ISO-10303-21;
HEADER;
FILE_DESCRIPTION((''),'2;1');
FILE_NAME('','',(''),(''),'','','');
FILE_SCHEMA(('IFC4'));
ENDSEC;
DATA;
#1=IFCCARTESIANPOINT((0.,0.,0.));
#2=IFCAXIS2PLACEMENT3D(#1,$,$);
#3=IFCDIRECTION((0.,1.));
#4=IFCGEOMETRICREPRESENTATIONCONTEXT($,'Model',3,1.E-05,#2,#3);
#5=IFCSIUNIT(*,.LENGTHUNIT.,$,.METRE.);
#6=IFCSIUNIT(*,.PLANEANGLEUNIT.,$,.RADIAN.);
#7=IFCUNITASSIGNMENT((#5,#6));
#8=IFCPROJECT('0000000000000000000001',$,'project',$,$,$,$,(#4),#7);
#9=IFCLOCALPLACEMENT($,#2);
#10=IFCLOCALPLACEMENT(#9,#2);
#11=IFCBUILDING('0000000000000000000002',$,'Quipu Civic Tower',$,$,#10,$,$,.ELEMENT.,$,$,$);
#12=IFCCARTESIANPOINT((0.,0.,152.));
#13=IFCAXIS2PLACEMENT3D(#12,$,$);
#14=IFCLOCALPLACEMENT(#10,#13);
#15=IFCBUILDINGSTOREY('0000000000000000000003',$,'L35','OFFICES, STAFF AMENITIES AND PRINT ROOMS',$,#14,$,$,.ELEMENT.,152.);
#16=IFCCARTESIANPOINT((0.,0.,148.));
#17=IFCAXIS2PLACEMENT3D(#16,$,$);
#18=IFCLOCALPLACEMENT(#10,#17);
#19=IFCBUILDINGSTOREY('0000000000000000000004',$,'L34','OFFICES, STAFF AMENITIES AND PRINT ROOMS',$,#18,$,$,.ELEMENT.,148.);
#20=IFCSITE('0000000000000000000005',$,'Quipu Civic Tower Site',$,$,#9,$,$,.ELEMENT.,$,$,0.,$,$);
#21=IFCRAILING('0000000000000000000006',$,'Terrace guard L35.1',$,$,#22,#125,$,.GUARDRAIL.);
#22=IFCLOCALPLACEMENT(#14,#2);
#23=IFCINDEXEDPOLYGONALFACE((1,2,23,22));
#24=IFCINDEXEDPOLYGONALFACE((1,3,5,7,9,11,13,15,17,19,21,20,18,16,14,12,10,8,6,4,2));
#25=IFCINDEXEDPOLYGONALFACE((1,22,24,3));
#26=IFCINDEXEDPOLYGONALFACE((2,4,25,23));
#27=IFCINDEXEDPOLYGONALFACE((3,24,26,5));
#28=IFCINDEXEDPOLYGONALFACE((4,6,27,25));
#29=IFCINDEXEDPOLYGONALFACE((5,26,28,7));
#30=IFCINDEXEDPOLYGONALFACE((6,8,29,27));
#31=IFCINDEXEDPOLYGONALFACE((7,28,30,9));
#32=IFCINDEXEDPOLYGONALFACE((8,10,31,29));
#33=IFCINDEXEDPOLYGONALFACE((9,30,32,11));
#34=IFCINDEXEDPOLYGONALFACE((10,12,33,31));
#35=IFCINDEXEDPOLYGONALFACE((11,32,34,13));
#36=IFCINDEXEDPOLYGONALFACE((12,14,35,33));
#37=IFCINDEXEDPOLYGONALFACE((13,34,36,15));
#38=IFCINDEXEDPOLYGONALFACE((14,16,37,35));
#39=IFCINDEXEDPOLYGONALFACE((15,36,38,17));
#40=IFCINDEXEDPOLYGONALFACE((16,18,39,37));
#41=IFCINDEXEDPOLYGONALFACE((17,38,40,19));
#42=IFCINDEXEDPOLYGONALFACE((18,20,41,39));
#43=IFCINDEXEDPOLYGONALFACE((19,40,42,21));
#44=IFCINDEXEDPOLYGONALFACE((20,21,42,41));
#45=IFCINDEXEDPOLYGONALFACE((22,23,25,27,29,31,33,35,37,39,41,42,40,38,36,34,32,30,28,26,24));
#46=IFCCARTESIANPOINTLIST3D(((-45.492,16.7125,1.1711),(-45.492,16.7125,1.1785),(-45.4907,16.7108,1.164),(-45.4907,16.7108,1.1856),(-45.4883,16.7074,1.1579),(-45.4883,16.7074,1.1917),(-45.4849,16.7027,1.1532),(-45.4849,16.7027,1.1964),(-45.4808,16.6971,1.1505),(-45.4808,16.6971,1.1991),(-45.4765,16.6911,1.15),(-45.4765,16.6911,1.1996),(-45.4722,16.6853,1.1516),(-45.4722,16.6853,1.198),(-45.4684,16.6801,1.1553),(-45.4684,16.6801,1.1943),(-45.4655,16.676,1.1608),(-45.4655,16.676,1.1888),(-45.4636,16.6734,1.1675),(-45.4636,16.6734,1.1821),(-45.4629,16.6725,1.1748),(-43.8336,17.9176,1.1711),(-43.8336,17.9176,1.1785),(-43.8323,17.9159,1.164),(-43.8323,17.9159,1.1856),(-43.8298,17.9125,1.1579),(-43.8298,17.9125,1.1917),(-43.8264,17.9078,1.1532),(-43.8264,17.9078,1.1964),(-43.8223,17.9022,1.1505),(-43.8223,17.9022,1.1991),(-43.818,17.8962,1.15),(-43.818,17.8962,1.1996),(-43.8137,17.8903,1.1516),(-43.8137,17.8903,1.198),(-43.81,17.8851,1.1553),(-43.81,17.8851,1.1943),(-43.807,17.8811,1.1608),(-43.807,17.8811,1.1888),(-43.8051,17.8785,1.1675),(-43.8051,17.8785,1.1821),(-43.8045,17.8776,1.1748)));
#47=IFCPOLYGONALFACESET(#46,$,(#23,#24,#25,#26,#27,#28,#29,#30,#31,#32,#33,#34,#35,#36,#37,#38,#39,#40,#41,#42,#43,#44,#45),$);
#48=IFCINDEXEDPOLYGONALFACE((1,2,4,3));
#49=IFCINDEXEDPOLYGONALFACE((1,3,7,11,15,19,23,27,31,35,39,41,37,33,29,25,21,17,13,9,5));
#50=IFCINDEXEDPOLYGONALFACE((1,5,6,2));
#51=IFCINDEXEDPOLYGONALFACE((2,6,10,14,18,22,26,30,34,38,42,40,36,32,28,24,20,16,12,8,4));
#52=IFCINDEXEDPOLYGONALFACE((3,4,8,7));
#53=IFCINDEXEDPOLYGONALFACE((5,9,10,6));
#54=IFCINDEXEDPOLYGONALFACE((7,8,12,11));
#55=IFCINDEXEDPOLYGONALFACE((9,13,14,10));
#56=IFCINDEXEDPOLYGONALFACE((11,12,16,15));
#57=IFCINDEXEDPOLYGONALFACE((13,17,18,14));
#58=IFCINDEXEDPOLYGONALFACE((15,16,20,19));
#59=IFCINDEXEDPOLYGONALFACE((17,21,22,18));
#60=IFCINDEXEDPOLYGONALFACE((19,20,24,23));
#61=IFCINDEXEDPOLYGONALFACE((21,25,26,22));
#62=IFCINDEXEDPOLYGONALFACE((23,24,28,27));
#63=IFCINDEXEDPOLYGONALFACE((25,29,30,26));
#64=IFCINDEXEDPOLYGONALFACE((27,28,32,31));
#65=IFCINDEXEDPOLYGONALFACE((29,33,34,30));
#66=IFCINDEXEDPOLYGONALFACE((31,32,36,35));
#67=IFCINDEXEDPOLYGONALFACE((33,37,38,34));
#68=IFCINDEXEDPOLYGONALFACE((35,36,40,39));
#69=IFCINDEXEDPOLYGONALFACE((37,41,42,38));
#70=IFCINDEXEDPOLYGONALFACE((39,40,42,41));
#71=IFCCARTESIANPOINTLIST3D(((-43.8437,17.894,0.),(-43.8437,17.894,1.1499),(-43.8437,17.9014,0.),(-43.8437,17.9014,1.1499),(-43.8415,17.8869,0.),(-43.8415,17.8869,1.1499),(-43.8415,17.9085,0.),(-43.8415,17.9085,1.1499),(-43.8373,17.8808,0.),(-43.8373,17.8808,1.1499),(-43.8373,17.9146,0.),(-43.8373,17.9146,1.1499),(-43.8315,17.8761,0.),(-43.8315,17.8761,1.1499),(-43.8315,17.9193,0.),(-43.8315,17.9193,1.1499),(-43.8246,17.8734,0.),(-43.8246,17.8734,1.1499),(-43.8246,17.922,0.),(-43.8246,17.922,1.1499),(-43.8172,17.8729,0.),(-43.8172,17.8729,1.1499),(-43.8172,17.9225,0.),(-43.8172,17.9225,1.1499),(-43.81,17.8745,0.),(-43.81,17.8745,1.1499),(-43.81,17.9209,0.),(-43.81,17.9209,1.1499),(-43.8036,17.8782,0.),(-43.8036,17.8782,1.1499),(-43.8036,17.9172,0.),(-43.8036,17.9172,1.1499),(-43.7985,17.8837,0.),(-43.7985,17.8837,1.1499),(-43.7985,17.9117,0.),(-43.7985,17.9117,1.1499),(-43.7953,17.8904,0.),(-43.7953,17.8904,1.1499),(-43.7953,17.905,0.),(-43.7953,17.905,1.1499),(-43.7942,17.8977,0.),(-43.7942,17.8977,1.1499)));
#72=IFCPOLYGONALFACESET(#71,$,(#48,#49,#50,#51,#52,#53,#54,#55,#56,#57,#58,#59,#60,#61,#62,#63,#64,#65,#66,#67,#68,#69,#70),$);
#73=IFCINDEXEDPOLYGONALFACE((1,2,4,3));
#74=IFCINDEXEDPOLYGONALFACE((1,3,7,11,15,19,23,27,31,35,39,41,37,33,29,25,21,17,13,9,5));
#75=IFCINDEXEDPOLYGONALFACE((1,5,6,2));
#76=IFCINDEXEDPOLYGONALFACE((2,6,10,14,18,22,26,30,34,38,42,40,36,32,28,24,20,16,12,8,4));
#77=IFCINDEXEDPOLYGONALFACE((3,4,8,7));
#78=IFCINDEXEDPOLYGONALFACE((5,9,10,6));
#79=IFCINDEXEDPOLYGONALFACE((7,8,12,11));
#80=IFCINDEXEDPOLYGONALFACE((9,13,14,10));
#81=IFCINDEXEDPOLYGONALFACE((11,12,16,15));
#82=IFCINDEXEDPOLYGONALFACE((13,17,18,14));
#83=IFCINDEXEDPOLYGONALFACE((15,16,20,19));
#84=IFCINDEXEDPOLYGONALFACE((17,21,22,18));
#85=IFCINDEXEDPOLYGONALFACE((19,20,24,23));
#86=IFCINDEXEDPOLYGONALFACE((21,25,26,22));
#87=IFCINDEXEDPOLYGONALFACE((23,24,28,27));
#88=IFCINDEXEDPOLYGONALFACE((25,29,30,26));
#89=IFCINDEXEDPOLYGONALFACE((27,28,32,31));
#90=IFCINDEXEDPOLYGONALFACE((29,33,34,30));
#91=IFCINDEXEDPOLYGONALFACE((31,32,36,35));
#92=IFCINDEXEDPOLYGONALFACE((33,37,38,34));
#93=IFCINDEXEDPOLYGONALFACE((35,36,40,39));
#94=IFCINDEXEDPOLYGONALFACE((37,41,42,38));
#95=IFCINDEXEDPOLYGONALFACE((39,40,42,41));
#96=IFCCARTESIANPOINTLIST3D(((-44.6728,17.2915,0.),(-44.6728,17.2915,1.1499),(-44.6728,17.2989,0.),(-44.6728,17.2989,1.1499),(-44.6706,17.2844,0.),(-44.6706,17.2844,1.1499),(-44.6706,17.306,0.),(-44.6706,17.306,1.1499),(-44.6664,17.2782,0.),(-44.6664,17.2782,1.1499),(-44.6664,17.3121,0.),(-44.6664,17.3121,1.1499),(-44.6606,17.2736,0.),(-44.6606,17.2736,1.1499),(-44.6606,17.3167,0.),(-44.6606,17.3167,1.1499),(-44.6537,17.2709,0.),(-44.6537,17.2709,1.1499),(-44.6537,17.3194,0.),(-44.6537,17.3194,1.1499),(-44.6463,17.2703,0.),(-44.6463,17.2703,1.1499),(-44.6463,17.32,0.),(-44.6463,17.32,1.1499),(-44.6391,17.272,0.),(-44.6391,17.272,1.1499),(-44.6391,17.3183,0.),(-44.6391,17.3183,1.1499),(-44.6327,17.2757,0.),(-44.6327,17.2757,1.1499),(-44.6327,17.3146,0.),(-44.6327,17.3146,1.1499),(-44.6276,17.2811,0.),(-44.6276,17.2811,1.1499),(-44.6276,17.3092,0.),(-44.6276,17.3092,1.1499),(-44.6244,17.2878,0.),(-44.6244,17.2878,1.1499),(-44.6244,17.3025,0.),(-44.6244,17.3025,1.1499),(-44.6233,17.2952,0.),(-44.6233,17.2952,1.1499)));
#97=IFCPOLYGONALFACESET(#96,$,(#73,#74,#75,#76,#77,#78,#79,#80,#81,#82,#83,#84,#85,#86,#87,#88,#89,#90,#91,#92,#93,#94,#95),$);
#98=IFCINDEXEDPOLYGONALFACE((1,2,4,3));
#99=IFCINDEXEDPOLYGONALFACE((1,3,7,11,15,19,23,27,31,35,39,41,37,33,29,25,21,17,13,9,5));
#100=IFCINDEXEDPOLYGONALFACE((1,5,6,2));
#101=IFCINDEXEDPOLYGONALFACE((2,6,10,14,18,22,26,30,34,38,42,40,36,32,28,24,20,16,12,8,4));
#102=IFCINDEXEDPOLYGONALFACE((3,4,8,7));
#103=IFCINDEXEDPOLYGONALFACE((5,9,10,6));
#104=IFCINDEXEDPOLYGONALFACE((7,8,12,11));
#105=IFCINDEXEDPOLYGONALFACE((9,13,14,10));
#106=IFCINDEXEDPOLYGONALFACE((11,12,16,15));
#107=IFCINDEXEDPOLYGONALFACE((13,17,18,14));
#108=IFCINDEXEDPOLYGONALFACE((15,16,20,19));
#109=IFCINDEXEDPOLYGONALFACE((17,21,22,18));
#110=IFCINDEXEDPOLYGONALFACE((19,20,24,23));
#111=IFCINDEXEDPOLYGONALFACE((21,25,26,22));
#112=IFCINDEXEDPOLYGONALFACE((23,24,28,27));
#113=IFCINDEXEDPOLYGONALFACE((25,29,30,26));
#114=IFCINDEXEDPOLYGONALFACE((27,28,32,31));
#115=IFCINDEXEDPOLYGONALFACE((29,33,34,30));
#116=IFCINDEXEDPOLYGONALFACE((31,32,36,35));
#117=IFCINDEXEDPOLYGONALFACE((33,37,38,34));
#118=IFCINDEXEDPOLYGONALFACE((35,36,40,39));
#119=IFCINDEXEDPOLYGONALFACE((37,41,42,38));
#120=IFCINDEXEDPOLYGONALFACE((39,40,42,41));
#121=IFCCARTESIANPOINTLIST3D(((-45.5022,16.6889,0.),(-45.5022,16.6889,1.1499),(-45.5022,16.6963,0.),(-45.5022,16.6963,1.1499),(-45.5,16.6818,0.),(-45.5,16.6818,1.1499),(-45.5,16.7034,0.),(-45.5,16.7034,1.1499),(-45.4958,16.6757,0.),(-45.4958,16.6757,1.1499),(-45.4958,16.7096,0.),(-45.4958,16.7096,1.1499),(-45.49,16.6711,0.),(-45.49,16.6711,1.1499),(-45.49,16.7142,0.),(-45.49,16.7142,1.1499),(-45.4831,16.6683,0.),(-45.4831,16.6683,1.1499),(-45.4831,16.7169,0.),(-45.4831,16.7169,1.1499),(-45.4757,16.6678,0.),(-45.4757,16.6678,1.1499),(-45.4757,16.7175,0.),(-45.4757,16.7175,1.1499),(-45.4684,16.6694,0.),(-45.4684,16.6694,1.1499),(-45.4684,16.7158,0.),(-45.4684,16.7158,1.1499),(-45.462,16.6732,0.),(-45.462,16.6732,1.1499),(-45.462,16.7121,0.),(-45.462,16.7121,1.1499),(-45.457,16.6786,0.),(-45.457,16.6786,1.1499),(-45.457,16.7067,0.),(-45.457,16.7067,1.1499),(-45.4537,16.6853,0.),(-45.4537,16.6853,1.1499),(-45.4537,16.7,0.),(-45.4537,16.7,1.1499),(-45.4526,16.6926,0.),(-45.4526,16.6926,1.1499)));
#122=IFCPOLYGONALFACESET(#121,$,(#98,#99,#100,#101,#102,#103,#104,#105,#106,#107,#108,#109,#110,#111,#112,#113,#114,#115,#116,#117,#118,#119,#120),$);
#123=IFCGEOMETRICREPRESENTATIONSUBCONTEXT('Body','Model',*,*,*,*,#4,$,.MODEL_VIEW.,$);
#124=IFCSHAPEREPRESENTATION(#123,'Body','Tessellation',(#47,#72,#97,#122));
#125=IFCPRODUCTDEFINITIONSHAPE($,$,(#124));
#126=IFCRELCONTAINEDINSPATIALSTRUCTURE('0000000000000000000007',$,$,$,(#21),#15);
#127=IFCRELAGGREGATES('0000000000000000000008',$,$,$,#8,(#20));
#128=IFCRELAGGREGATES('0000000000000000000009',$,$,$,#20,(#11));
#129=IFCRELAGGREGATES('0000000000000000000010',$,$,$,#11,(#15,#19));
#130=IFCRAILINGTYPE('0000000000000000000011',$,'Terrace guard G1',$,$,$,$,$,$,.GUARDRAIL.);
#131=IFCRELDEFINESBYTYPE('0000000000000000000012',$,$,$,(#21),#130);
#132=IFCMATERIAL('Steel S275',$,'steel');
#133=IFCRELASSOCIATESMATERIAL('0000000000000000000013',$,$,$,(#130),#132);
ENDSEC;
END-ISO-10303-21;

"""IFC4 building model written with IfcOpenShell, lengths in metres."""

from ifc_helpers import new_model, si_unit, direction, frame, origin, origin_2d, place, context, subcontext, project, spatial, circle, extrude, material, type_object, element, save


model = new_model("IFC4")

# Units and contexts
model_context = context("Model", 3, precision=1e-05, world=origin(), true_north=direction((0.0, 1.0)))
body_context = subcontext(model_context, "Body", "Model", "MODEL_VIEW")
ifc_project = project(units=[si_unit("LENGTHUNIT", "METRE"), si_unit("PLANEANGLEUNIT", "RADIAN")], contexts=[model_context])

# Site, building, storey
site_placement = place(None, origin())
site = spatial("IfcSite", under=ifc_project, at=site_placement, Name="Quipu Civic Tower Site", CompositionType="ELEMENT", RefElevation=0.0)
building_placement = place(site_placement, origin())
building = spatial("IfcBuilding", under=site, at=building_placement, Name="Quipu Civic Tower", CompositionType="ELEMENT")
storey_1_placement = place(building_placement, frame((0.0, 0.0, 152.0)))
storey_1 = spatial("IfcBuildingStorey", under=building, at=storey_1_placement, Name="L35", Description="OFFICES, STAFF AMENITIES AND PRINT ROOMS", CompositionType="ELEMENT", Elevation=152.0)

# Shared definitions
storey_2_placement = place(building_placement, frame((0.0, 0.0, 148.0)))
storey_2 = spatial("IfcBuildingStorey", under=building, at=storey_2_placement, Name="L34", Description="OFFICES, STAFF AMENITIES AND PRINT ROOMS", CompositionType="ELEMENT", Elevation=148.0)

# Railing
ifc_material_1 = material(Name="Steel S275", Category="steel")
railing_type = type_object("IfcRailingType", Name="Terrace guard G1", PredefinedType="GUARDRAIL", material=ifc_material_1)
railing_1_placement = place(storey_1_placement, frame((-43.8191, 17.8977, 0.0)))
element("IfcRailing", 1, at=railing_1_placement, inside=storey_1, type_object=railing_type, Name="Terrace guard L35.1", PredefinedType="GUARDRAIL", context=body_context, shape_type="SweptSolid", body=[
    extrude(circle(Radius=0.0249, at=origin_2d()), frame((0.0, 0.0, 1.1748), z_axis=(-0.808983, -0.587832, 0.0), x_axis=(0.587832, -0.808983, 0.0)), (0.0, 0.0, 1.0), 2.05),
    extrude(circle(Radius=0.0249, at=origin_2d()), origin(), (0.0, 0.0, 1.0), 1.1499),
    extrude(circle(Radius=0.0249, at=origin_2d()), frame((-0.8291, -0.6025, 0.0)), (0.0, 0.0, 1.0), 1.1499),
    extrude(circle(Radius=0.0249, at=origin_2d()), frame((-1.6584, -1.2051, 0.0)), (0.0, 0.0, 1.0), 1.1499),
])

save(model, "model.ifc")
